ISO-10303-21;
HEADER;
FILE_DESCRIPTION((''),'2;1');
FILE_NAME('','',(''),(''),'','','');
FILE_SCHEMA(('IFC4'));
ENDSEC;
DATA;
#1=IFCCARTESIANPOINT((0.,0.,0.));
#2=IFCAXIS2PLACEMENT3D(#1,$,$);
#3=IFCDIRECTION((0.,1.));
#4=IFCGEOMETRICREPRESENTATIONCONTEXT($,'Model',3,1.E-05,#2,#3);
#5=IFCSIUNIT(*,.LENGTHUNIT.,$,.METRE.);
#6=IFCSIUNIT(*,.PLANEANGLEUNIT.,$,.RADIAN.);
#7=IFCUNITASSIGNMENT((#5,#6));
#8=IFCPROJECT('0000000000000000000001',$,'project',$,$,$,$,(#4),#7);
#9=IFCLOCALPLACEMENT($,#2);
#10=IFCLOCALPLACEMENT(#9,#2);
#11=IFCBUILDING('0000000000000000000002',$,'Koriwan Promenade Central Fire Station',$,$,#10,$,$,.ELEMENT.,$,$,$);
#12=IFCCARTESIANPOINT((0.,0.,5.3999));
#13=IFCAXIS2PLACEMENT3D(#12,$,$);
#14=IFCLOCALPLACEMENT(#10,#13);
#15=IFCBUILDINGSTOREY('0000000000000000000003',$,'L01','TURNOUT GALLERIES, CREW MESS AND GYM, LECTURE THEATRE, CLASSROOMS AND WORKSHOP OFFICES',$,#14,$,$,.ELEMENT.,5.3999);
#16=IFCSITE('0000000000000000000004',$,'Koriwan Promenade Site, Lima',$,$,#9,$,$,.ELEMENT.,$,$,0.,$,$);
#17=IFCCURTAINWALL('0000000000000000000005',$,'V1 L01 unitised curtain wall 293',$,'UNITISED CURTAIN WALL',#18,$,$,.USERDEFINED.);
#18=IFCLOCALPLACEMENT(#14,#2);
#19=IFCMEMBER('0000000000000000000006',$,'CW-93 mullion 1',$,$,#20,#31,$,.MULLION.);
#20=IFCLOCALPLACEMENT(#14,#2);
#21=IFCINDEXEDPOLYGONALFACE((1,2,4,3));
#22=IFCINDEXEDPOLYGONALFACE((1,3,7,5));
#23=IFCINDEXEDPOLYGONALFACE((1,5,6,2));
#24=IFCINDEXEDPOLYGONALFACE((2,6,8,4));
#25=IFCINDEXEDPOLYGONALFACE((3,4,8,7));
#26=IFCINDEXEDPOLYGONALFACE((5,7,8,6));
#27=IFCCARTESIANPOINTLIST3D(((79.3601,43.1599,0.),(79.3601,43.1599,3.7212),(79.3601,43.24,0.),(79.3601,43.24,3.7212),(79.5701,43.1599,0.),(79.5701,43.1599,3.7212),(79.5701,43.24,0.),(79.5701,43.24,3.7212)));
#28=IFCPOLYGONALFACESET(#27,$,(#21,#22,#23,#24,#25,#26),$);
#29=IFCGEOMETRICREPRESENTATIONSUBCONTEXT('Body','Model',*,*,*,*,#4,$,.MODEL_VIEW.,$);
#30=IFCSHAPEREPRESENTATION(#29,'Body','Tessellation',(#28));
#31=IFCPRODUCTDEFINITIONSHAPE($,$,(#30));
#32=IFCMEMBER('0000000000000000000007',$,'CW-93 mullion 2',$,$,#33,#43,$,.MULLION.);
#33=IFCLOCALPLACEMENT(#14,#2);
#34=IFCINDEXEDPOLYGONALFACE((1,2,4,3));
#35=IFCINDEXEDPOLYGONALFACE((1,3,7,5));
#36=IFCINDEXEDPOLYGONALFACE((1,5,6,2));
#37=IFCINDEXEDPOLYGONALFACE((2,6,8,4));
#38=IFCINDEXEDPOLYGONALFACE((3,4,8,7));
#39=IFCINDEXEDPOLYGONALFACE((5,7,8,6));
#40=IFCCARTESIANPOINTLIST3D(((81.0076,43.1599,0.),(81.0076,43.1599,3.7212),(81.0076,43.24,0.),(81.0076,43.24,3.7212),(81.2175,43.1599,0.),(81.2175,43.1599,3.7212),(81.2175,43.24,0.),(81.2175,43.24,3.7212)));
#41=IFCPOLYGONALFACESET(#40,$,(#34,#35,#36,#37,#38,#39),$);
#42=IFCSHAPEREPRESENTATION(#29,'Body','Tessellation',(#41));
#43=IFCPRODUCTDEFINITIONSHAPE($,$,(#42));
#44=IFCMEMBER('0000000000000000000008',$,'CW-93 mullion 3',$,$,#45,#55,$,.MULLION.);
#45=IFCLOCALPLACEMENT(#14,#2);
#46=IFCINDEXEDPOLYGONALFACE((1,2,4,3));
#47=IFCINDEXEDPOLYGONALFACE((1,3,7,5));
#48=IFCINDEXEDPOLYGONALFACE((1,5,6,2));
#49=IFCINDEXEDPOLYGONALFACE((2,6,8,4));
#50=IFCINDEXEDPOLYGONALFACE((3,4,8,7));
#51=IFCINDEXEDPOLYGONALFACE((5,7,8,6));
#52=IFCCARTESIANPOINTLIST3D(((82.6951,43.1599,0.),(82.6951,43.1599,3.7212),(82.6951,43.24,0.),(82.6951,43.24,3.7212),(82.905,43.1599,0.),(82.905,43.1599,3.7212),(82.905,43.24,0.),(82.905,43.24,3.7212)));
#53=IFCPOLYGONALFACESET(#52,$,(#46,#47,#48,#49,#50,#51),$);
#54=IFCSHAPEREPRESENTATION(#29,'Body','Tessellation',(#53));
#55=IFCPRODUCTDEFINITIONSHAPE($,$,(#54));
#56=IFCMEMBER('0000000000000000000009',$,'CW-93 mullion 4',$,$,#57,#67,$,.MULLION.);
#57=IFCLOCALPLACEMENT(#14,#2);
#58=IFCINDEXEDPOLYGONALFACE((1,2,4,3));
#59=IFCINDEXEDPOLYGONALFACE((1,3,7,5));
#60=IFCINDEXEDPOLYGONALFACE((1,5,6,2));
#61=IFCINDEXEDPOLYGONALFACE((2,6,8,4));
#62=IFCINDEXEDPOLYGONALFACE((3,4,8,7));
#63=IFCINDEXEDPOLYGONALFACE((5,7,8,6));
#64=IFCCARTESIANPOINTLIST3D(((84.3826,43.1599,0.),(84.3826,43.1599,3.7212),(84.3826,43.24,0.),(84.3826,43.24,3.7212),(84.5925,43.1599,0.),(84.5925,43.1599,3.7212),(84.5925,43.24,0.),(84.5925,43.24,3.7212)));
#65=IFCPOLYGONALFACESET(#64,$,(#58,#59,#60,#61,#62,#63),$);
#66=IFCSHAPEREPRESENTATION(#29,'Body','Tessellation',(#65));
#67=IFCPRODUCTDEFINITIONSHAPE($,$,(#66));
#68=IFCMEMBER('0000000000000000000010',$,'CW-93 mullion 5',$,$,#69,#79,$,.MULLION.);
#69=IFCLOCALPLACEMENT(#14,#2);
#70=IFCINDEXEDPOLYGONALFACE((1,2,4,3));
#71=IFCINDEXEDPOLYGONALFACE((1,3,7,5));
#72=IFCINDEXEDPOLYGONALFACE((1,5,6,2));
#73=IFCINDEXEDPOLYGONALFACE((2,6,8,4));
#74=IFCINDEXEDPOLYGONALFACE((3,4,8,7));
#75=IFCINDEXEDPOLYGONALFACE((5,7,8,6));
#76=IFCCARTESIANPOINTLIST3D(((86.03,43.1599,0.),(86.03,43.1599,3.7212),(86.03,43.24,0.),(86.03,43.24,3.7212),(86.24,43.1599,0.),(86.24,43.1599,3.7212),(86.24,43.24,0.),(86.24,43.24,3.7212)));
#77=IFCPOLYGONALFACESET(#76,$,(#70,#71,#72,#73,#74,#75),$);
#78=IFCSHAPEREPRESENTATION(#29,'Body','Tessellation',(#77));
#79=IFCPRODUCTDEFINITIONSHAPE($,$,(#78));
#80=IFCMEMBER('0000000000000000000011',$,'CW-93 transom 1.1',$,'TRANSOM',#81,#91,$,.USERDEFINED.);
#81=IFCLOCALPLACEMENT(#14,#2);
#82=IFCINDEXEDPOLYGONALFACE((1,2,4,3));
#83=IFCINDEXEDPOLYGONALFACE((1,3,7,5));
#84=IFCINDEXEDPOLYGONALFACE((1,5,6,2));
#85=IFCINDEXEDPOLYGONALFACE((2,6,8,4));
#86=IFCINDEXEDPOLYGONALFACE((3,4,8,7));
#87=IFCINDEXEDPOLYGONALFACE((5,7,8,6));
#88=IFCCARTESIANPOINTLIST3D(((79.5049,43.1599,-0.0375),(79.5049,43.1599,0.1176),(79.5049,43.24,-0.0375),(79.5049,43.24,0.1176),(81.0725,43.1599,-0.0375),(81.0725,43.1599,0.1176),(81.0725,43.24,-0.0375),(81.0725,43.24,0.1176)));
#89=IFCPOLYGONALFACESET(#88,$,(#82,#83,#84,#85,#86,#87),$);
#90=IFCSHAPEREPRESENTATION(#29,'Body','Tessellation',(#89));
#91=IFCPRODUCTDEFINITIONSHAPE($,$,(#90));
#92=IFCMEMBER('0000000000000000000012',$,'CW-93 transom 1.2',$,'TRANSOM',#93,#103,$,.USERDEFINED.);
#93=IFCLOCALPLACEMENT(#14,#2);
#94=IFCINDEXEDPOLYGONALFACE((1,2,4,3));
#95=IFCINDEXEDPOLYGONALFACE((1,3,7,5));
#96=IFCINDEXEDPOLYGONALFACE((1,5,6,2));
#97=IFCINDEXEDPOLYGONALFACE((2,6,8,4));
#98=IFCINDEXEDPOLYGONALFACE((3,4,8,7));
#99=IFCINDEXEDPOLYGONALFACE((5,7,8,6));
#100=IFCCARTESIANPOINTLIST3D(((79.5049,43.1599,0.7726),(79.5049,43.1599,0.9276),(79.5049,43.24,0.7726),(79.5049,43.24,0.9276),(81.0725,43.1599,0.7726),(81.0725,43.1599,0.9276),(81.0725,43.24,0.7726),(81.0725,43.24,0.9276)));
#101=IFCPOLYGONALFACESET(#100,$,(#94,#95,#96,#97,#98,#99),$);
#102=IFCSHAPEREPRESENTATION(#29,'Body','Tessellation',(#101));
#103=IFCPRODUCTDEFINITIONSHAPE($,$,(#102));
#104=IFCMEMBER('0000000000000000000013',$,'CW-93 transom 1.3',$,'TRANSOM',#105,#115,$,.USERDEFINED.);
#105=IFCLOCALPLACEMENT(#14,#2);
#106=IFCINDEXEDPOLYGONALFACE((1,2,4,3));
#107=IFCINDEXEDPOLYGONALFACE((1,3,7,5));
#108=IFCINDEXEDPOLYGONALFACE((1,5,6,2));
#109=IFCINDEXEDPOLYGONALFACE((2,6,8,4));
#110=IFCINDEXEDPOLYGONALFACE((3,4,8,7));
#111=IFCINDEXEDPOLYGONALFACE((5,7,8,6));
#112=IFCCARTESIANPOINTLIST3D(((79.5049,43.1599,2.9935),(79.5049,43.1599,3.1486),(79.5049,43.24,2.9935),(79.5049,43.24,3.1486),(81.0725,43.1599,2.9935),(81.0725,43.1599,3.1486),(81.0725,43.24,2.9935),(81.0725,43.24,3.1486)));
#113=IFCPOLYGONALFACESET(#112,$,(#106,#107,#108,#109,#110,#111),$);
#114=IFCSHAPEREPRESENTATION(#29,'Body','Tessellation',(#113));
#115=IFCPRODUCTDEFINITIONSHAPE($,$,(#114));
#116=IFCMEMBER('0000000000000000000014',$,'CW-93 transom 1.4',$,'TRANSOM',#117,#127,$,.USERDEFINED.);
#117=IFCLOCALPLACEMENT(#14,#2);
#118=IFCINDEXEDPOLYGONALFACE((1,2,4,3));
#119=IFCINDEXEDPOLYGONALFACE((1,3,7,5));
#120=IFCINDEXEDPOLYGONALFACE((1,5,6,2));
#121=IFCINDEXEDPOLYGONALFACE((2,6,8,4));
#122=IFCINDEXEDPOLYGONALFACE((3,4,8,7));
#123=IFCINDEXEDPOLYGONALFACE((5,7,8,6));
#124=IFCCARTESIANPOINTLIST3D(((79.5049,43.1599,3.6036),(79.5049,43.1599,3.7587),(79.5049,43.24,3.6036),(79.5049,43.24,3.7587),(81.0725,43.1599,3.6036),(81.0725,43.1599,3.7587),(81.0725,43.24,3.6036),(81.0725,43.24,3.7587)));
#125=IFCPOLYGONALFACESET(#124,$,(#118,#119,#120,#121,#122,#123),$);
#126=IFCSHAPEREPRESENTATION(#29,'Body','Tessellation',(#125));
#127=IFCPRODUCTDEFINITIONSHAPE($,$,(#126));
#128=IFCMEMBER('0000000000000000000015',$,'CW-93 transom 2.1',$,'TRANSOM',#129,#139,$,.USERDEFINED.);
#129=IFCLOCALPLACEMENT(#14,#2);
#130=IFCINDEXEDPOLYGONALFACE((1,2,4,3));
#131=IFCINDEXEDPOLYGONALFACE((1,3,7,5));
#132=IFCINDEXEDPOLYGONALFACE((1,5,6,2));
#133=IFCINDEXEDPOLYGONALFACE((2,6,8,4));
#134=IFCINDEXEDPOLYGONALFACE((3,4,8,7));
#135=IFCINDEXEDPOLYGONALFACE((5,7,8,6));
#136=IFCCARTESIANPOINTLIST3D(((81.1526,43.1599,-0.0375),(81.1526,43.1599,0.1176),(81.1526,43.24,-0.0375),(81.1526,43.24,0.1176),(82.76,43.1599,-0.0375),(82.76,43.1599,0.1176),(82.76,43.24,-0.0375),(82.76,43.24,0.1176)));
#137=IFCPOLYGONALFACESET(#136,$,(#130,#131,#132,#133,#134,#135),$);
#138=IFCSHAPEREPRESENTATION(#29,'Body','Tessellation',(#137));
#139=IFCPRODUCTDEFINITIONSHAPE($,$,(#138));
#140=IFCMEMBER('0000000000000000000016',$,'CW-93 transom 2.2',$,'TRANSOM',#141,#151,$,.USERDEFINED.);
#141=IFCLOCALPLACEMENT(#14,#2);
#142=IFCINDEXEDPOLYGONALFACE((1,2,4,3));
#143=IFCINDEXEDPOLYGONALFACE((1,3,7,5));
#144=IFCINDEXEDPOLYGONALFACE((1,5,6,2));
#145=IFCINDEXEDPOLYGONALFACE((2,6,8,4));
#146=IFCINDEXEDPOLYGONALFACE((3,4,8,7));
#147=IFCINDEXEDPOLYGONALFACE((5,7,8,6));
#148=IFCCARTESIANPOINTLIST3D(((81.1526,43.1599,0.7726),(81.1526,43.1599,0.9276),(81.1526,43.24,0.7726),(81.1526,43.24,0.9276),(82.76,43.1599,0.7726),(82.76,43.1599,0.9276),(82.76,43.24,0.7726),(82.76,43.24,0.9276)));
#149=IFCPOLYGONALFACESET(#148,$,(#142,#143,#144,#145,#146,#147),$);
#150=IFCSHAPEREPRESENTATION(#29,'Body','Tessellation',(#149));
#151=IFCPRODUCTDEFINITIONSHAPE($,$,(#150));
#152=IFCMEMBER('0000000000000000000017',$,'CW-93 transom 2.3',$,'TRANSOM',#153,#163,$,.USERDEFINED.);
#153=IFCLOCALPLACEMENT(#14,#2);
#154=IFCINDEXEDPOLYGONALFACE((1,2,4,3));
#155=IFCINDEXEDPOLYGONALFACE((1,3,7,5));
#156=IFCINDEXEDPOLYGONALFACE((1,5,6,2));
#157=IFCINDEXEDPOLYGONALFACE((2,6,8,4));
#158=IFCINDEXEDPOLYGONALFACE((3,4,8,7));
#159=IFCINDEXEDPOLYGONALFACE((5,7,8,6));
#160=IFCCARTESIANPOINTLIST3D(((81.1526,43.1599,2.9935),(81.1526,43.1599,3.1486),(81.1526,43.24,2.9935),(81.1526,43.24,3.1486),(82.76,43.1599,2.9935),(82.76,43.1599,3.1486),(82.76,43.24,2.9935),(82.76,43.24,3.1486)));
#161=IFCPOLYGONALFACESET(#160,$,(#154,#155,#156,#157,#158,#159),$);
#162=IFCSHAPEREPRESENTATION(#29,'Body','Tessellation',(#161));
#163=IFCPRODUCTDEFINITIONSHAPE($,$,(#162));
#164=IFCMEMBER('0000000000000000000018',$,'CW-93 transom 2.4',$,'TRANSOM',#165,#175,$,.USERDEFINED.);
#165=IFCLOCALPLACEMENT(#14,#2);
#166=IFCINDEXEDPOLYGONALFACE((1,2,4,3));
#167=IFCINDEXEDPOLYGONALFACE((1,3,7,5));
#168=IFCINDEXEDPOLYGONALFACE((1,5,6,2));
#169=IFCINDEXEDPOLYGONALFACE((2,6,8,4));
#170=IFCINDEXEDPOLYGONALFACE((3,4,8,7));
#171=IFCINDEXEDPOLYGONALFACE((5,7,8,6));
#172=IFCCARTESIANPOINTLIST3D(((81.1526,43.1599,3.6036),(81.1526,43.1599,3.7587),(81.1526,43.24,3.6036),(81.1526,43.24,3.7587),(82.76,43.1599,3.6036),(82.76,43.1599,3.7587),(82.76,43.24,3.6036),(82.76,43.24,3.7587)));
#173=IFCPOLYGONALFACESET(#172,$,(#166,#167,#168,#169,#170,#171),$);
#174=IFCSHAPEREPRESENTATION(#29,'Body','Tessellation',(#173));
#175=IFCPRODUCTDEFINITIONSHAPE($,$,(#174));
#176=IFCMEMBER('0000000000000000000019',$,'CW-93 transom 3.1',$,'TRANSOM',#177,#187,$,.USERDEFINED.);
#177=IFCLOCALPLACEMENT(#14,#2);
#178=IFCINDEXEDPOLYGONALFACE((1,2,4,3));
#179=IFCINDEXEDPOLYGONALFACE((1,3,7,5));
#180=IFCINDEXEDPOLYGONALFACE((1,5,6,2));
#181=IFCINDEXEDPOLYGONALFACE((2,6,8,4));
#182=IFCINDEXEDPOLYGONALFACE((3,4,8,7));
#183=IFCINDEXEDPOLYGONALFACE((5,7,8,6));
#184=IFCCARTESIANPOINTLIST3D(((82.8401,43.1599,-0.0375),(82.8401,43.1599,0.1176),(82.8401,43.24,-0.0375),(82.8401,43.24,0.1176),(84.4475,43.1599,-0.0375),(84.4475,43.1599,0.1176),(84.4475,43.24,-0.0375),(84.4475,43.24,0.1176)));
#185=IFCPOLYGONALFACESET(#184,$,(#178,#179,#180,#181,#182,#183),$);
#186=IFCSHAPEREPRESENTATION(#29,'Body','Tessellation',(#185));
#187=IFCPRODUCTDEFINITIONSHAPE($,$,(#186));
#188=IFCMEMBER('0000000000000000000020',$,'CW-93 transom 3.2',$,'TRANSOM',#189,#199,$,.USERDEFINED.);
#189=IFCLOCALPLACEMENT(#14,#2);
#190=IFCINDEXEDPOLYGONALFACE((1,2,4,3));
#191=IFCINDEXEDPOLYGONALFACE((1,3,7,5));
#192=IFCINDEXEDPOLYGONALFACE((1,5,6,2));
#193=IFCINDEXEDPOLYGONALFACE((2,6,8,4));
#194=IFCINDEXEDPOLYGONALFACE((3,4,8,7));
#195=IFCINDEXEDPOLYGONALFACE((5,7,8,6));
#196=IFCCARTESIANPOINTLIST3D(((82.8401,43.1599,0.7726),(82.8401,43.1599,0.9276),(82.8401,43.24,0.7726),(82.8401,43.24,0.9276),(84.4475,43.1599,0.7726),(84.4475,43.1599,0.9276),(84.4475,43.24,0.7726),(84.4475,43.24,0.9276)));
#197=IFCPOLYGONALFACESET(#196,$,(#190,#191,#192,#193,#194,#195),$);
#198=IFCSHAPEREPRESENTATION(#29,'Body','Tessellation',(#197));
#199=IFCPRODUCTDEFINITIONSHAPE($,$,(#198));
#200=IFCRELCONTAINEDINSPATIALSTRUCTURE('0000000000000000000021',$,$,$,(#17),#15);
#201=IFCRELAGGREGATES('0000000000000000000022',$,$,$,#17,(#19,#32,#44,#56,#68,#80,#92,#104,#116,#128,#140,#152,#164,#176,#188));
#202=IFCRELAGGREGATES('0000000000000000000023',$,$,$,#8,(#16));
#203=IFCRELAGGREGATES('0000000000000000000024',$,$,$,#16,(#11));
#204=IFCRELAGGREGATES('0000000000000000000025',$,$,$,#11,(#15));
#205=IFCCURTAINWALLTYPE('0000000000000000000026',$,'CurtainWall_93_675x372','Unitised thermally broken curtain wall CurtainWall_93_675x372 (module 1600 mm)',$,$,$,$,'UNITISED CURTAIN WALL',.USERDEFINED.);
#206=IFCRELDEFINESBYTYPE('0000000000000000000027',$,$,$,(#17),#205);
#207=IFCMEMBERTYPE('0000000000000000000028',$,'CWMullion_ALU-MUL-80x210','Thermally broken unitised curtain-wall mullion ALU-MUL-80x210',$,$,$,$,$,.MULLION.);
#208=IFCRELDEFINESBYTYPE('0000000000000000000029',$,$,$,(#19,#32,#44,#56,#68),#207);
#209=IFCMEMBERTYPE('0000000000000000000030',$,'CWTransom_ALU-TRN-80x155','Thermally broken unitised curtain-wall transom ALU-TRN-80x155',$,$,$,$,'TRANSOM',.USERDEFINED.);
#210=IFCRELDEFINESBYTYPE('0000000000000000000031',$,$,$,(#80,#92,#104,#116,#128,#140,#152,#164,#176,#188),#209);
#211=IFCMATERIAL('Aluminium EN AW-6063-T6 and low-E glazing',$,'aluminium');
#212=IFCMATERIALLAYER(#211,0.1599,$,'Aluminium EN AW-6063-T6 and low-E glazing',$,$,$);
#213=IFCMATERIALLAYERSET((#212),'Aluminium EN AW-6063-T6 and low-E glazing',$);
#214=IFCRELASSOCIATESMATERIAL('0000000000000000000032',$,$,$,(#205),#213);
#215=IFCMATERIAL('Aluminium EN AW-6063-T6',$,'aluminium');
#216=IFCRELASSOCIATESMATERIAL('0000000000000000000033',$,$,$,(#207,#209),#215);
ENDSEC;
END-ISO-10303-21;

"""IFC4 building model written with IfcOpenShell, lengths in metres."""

from ifc_helpers import new_model, si_unit, direction, frame, origin, origin_2d, place, context, subcontext, project, spatial, rectangle, extrude, material, layer, layer_set, material_profile, profile_set, type_object, element, aggregate, save


model = new_model("IFC4")

# Units and contexts
model_context = context("Model", 3, precision=1e-05, world=origin(), true_north=direction((0.0, 1.0)))
body_context = subcontext(model_context, "Body", "Model", "MODEL_VIEW")
ifc_project = project(units=[si_unit("LENGTHUNIT", "METRE"), si_unit("PLANEANGLEUNIT", "RADIAN")], contexts=[model_context])

# Site, building, storey
site_placement = place(None, origin())
site = spatial("IfcSite", under=ifc_project, at=site_placement, Name="Koriwan Promenade Site, Lima", CompositionType="ELEMENT", RefElevation=0.0)
building_placement = place(site_placement, origin())
building = spatial("IfcBuilding", under=site, at=building_placement, Name="Koriwan Promenade Central Fire Station", CompositionType="ELEMENT")
storey_placement = place(building_placement, frame((0.0, 0.0, 5.3999)))
storey = spatial("IfcBuildingStorey", under=building, at=storey_placement, Name="L01", Description="TURNOUT GALLERIES, CREW MESS AND GYM, LECTURE THEATRE, CLASSROOMS AND WORKSHOP OFFICES", CompositionType="ELEMENT", Elevation=5.3999)

# Curtain wall, members
ifc_material_1 = material(Name="Aluminium EN AW-6063-T6 and low-E glazing", Category="aluminium")
ifc_layer_1 = layer(ifc_material_1, 0.1599, Name="Aluminium EN AW-6063-T6 and low-E glazing")
ifc_layer_set_1 = layer_set([ifc_layer_1], Name="Aluminium EN AW-6063-T6 and low-E glazing")
curtain_wall_type = type_object("IfcCurtainWallType", Name="CurtainWall_93_675x372", Description="Unitised thermally broken curtain wall CurtainWall_93_675x372 (module 1600 mm)", ElementType="UNITISED CURTAIN WALL", PredefinedType="USERDEFINED", material=ifc_layer_set_1)
curtain_wall_placement = place(storey_placement, origin())
curtain_wall = element("IfcCurtainWall", 1, at=curtain_wall_placement, inside=storey, type_object=curtain_wall_type, Name="V1 L01 unitised curtain wall 293", ObjectType="UNITISED CURTAIN WALL", PredefinedType="USERDEFINED")
ifc_material_2 = material(Name="Aluminium EN AW-6063-T6", Category="aluminium")
ifc_material_profile_1 = material_profile(ifc_material_2, rectangle(XDim=0.0801, YDim=0.21, at=origin_2d()), Name="ALU-MUL-80x210")
ifc_profile_set_1 = profile_set([ifc_material_profile_1], Name="Aluminium EN AW-6063-T6")
member_type_1 = type_object("IfcMemberType", Name="CWMullion_ALU-MUL-80x210", Description="Thermally broken unitised curtain-wall mullion ALU-MUL-80x210", PredefinedType="MULLION", material=ifc_profile_set_1)
member_1_placement = place(storey_placement, frame((79.4651, 43.2, 0.0), z_axis=(0.0, 0.0, 1.0), x_axis=(0.0, 1.0, 0.0)))
member_1 = element("IfcMember", 2, at=member_1_placement, type_object=member_type_1, Name="CW-93 mullion 1", PredefinedType="MULLION", context=body_context, shape_type="SweptSolid", body=[
    extrude(rectangle(XDim=0.0801, YDim=0.21, at=origin_2d()), origin(), (0.0, 0.0, 1.0), 3.7212),
])
member_2_placement = place(storey_placement, frame((81.1125, 43.2, 0.0), z_axis=(0.0, 0.0, 1.0), x_axis=(0.0, 1.0, 0.0)))
member_2 = element("IfcMember", 3, at=member_2_placement, type_object=member_type_1, Name="CW-93 mullion 2", PredefinedType="MULLION", context=body_context, shape_type="SweptSolid", body=[
    extrude(rectangle(XDim=0.0801, YDim=0.21, at=origin_2d()), origin(), (0.0, 0.0, 1.0), 3.7212),
])
member_3_placement = place(storey_placement, frame((82.8, 43.2, 0.0), z_axis=(0.0, 0.0, 1.0), x_axis=(0.0, 1.0, 0.0)))
member_3 = element("IfcMember", 4, at=member_3_placement, type_object=member_type_1, Name="CW-93 mullion 3", PredefinedType="MULLION", context=body_context, shape_type="SweptSolid", body=[
    extrude(rectangle(XDim=0.0801, YDim=0.21, at=origin_2d()), origin(), (0.0, 0.0, 1.0), 3.7212),
])
member_4_placement = place(storey_placement, frame((84.4875, 43.2, 0.0), z_axis=(0.0, 0.0, 1.0), x_axis=(0.0, 1.0, 0.0)))
member_4 = element("IfcMember", 5, at=member_4_placement, type_object=member_type_1, Name="CW-93 mullion 4", PredefinedType="MULLION", context=body_context, shape_type="SweptSolid", body=[
    extrude(rectangle(XDim=0.0801, YDim=0.21, at=origin_2d()), origin(), (0.0, 0.0, 1.0), 3.7212),
])
member_5_placement = place(storey_placement, frame((86.135, 43.2, 0.0), z_axis=(0.0, 0.0, 1.0), x_axis=(0.0, 1.0, 0.0)))
member_5 = element("IfcMember", 6, at=member_5_placement, type_object=member_type_1, Name="CW-93 mullion 5", PredefinedType="MULLION", context=body_context, shape_type="SweptSolid", body=[
    extrude(rectangle(XDim=0.0801, YDim=0.21, at=origin_2d()), origin(), (0.0, 0.0, 1.0), 3.7212),
])
ifc_material_profile_2 = material_profile(ifc_material_2, rectangle(XDim=0.0801, YDim=0.155, at=origin_2d()), Name="ALU-TRN-80x155")
ifc_profile_set_2 = profile_set([ifc_material_profile_2], Name="Aluminium EN AW-6063-T6")
member_type_2 = type_object("IfcMemberType", Name="CWTransom_ALU-TRN-80x155", Description="Thermally broken unitised curtain-wall transom ALU-TRN-80x155", ElementType="TRANSOM", PredefinedType="USERDEFINED", material=ifc_profile_set_2)
member_6_placement = place(storey_placement, frame((79.5049, 43.2, 0.04), z_axis=(1.0, 0.0, 0.0), x_axis=(0.0, 1.0, 0.0)))
member_6 = element("IfcMember", 7, at=member_6_placement, type_object=member_type_2, Name="CW-93 transom 1.1", ObjectType="TRANSOM", PredefinedType="USERDEFINED", context=body_context, shape_type="SweptSolid", body=[
    extrude(rectangle(XDim=0.0801, YDim=0.155, at=origin_2d()), origin(), (0.0, 0.0, 1.0), 1.5676),
])
member_7_placement = place(storey_placement, frame((79.5049, 43.2, 0.8501), z_axis=(1.0, 0.0, 0.0), x_axis=(0.0, 1.0, 0.0)))
member_7 = element("IfcMember", 8, at=member_7_placement, type_object=member_type_2, Name="CW-93 transom 1.2", ObjectType="TRANSOM", PredefinedType="USERDEFINED", context=body_context, shape_type="SweptSolid", body=[
    extrude(rectangle(XDim=0.0801, YDim=0.155, at=origin_2d()), origin(), (0.0, 0.0, 1.0), 1.5676),
])
member_8_placement = place(storey_placement, frame((79.5049, 43.2, 3.071), z_axis=(1.0, 0.0, 0.0), x_axis=(0.0, 1.0, 0.0)))
member_8 = element("IfcMember", 9, at=member_8_placement, type_object=member_type_2, Name="CW-93 transom 1.3", ObjectType="TRANSOM", PredefinedType="USERDEFINED", context=body_context, shape_type="SweptSolid", body=[
    extrude(rectangle(XDim=0.0801, YDim=0.155, at=origin_2d()), origin(), (0.0, 0.0, 1.0), 1.5676),
])
member_9_placement = place(storey_placement, frame((79.5049, 43.2, 3.6812), z_axis=(1.0, 0.0, 0.0), x_axis=(0.0, 1.0, 0.0)))
member_9 = element("IfcMember", 10, at=member_9_placement, type_object=member_type_2, Name="CW-93 transom 1.4", ObjectType="TRANSOM", PredefinedType="USERDEFINED", context=body_context, shape_type="SweptSolid", body=[
    extrude(rectangle(XDim=0.0801, YDim=0.155, at=origin_2d()), origin(), (0.0, 0.0, 1.0), 1.5676),
])
member_10_placement = place(storey_placement, frame((81.1526, 43.2, 0.04), z_axis=(1.0, 0.0, 0.0), x_axis=(0.0, 1.0, 0.0)))
member_10 = element("IfcMember", 11, at=member_10_placement, type_object=member_type_2, Name="CW-93 transom 2.1", ObjectType="TRANSOM", PredefinedType="USERDEFINED", context=body_context, shape_type="SweptSolid", body=[
    extrude(rectangle(XDim=0.0801, YDim=0.155, at=origin_2d()), origin(), (0.0, 0.0, 1.0), 1.6074),
])
member_11_placement = place(storey_placement, frame((81.1526, 43.2, 0.8501), z_axis=(1.0, 0.0, 0.0), x_axis=(0.0, 1.0, 0.0)))
member_11 = element("IfcMember", 12, at=member_11_placement, type_object=member_type_2, Name="CW-93 transom 2.2", ObjectType="TRANSOM", PredefinedType="USERDEFINED", context=body_context, shape_type="SweptSolid", body=[
    extrude(rectangle(XDim=0.0801, YDim=0.155, at=origin_2d()), origin(), (0.0, 0.0, 1.0), 1.6074),
])
member_12_placement = place(storey_placement, frame((81.1526, 43.2, 3.071), z_axis=(1.0, 0.0, 0.0), x_axis=(0.0, 1.0, 0.0)))
member_12 = element("IfcMember", 13, at=member_12_placement, type_object=member_type_2, Name="CW-93 transom 2.3", ObjectType="TRANSOM", PredefinedType="USERDEFINED", context=body_context, shape_type="SweptSolid", body=[
    extrude(rectangle(XDim=0.0801, YDim=0.155, at=origin_2d()), origin(), (0.0, 0.0, 1.0), 1.6074),
])
member_13_placement = place(storey_placement, frame((81.1526, 43.2, 3.6812), z_axis=(1.0, 0.0, 0.0), x_axis=(0.0, 1.0, 0.0)))
member_13 = element("IfcMember", 14, at=member_13_placement, type_object=member_type_2, Name="CW-93 transom 2.4", ObjectType="TRANSOM", PredefinedType="USERDEFINED", context=body_context, shape_type="SweptSolid", body=[
    extrude(rectangle(XDim=0.0801, YDim=0.155, at=origin_2d()), origin(), (0.0, 0.0, 1.0), 1.6074),
])
member_14_placement = place(storey_placement, frame((82.8401, 43.2, 0.04), z_axis=(1.0, 0.0, 0.0), x_axis=(0.0, 1.0, 0.0)))
member_14 = element("IfcMember", 15, at=member_14_placement, type_object=member_type_2, Name="CW-93 transom 3.1", ObjectType="TRANSOM", PredefinedType="USERDEFINED", context=body_context, shape_type="SweptSolid", body=[
    extrude(rectangle(XDim=0.0801, YDim=0.155, at=origin_2d()), origin(), (0.0, 0.0, 1.0), 1.6074),
])
member_15_placement = place(storey_placement, frame((82.8401, 43.2, 0.8501), z_axis=(1.0, 0.0, 0.0), x_axis=(0.0, 1.0, 0.0)))
member_15 = element("IfcMember", 16, at=member_15_placement, type_object=member_type_2, Name="CW-93 transom 3.2", ObjectType="TRANSOM", PredefinedType="USERDEFINED", context=body_context, shape_type="SweptSolid", body=[
    extrude(rectangle(XDim=0.0801, YDim=0.155, at=origin_2d()), origin(), (0.0, 0.0, 1.0), 1.6074),
])

aggregate(curtain_wall, [member_1, member_2, member_3, member_4, member_5, member_6, member_7, member_8, member_9, member_10, member_11, member_12, member_13, member_14, member_15])

save(model, "model.ifc")
